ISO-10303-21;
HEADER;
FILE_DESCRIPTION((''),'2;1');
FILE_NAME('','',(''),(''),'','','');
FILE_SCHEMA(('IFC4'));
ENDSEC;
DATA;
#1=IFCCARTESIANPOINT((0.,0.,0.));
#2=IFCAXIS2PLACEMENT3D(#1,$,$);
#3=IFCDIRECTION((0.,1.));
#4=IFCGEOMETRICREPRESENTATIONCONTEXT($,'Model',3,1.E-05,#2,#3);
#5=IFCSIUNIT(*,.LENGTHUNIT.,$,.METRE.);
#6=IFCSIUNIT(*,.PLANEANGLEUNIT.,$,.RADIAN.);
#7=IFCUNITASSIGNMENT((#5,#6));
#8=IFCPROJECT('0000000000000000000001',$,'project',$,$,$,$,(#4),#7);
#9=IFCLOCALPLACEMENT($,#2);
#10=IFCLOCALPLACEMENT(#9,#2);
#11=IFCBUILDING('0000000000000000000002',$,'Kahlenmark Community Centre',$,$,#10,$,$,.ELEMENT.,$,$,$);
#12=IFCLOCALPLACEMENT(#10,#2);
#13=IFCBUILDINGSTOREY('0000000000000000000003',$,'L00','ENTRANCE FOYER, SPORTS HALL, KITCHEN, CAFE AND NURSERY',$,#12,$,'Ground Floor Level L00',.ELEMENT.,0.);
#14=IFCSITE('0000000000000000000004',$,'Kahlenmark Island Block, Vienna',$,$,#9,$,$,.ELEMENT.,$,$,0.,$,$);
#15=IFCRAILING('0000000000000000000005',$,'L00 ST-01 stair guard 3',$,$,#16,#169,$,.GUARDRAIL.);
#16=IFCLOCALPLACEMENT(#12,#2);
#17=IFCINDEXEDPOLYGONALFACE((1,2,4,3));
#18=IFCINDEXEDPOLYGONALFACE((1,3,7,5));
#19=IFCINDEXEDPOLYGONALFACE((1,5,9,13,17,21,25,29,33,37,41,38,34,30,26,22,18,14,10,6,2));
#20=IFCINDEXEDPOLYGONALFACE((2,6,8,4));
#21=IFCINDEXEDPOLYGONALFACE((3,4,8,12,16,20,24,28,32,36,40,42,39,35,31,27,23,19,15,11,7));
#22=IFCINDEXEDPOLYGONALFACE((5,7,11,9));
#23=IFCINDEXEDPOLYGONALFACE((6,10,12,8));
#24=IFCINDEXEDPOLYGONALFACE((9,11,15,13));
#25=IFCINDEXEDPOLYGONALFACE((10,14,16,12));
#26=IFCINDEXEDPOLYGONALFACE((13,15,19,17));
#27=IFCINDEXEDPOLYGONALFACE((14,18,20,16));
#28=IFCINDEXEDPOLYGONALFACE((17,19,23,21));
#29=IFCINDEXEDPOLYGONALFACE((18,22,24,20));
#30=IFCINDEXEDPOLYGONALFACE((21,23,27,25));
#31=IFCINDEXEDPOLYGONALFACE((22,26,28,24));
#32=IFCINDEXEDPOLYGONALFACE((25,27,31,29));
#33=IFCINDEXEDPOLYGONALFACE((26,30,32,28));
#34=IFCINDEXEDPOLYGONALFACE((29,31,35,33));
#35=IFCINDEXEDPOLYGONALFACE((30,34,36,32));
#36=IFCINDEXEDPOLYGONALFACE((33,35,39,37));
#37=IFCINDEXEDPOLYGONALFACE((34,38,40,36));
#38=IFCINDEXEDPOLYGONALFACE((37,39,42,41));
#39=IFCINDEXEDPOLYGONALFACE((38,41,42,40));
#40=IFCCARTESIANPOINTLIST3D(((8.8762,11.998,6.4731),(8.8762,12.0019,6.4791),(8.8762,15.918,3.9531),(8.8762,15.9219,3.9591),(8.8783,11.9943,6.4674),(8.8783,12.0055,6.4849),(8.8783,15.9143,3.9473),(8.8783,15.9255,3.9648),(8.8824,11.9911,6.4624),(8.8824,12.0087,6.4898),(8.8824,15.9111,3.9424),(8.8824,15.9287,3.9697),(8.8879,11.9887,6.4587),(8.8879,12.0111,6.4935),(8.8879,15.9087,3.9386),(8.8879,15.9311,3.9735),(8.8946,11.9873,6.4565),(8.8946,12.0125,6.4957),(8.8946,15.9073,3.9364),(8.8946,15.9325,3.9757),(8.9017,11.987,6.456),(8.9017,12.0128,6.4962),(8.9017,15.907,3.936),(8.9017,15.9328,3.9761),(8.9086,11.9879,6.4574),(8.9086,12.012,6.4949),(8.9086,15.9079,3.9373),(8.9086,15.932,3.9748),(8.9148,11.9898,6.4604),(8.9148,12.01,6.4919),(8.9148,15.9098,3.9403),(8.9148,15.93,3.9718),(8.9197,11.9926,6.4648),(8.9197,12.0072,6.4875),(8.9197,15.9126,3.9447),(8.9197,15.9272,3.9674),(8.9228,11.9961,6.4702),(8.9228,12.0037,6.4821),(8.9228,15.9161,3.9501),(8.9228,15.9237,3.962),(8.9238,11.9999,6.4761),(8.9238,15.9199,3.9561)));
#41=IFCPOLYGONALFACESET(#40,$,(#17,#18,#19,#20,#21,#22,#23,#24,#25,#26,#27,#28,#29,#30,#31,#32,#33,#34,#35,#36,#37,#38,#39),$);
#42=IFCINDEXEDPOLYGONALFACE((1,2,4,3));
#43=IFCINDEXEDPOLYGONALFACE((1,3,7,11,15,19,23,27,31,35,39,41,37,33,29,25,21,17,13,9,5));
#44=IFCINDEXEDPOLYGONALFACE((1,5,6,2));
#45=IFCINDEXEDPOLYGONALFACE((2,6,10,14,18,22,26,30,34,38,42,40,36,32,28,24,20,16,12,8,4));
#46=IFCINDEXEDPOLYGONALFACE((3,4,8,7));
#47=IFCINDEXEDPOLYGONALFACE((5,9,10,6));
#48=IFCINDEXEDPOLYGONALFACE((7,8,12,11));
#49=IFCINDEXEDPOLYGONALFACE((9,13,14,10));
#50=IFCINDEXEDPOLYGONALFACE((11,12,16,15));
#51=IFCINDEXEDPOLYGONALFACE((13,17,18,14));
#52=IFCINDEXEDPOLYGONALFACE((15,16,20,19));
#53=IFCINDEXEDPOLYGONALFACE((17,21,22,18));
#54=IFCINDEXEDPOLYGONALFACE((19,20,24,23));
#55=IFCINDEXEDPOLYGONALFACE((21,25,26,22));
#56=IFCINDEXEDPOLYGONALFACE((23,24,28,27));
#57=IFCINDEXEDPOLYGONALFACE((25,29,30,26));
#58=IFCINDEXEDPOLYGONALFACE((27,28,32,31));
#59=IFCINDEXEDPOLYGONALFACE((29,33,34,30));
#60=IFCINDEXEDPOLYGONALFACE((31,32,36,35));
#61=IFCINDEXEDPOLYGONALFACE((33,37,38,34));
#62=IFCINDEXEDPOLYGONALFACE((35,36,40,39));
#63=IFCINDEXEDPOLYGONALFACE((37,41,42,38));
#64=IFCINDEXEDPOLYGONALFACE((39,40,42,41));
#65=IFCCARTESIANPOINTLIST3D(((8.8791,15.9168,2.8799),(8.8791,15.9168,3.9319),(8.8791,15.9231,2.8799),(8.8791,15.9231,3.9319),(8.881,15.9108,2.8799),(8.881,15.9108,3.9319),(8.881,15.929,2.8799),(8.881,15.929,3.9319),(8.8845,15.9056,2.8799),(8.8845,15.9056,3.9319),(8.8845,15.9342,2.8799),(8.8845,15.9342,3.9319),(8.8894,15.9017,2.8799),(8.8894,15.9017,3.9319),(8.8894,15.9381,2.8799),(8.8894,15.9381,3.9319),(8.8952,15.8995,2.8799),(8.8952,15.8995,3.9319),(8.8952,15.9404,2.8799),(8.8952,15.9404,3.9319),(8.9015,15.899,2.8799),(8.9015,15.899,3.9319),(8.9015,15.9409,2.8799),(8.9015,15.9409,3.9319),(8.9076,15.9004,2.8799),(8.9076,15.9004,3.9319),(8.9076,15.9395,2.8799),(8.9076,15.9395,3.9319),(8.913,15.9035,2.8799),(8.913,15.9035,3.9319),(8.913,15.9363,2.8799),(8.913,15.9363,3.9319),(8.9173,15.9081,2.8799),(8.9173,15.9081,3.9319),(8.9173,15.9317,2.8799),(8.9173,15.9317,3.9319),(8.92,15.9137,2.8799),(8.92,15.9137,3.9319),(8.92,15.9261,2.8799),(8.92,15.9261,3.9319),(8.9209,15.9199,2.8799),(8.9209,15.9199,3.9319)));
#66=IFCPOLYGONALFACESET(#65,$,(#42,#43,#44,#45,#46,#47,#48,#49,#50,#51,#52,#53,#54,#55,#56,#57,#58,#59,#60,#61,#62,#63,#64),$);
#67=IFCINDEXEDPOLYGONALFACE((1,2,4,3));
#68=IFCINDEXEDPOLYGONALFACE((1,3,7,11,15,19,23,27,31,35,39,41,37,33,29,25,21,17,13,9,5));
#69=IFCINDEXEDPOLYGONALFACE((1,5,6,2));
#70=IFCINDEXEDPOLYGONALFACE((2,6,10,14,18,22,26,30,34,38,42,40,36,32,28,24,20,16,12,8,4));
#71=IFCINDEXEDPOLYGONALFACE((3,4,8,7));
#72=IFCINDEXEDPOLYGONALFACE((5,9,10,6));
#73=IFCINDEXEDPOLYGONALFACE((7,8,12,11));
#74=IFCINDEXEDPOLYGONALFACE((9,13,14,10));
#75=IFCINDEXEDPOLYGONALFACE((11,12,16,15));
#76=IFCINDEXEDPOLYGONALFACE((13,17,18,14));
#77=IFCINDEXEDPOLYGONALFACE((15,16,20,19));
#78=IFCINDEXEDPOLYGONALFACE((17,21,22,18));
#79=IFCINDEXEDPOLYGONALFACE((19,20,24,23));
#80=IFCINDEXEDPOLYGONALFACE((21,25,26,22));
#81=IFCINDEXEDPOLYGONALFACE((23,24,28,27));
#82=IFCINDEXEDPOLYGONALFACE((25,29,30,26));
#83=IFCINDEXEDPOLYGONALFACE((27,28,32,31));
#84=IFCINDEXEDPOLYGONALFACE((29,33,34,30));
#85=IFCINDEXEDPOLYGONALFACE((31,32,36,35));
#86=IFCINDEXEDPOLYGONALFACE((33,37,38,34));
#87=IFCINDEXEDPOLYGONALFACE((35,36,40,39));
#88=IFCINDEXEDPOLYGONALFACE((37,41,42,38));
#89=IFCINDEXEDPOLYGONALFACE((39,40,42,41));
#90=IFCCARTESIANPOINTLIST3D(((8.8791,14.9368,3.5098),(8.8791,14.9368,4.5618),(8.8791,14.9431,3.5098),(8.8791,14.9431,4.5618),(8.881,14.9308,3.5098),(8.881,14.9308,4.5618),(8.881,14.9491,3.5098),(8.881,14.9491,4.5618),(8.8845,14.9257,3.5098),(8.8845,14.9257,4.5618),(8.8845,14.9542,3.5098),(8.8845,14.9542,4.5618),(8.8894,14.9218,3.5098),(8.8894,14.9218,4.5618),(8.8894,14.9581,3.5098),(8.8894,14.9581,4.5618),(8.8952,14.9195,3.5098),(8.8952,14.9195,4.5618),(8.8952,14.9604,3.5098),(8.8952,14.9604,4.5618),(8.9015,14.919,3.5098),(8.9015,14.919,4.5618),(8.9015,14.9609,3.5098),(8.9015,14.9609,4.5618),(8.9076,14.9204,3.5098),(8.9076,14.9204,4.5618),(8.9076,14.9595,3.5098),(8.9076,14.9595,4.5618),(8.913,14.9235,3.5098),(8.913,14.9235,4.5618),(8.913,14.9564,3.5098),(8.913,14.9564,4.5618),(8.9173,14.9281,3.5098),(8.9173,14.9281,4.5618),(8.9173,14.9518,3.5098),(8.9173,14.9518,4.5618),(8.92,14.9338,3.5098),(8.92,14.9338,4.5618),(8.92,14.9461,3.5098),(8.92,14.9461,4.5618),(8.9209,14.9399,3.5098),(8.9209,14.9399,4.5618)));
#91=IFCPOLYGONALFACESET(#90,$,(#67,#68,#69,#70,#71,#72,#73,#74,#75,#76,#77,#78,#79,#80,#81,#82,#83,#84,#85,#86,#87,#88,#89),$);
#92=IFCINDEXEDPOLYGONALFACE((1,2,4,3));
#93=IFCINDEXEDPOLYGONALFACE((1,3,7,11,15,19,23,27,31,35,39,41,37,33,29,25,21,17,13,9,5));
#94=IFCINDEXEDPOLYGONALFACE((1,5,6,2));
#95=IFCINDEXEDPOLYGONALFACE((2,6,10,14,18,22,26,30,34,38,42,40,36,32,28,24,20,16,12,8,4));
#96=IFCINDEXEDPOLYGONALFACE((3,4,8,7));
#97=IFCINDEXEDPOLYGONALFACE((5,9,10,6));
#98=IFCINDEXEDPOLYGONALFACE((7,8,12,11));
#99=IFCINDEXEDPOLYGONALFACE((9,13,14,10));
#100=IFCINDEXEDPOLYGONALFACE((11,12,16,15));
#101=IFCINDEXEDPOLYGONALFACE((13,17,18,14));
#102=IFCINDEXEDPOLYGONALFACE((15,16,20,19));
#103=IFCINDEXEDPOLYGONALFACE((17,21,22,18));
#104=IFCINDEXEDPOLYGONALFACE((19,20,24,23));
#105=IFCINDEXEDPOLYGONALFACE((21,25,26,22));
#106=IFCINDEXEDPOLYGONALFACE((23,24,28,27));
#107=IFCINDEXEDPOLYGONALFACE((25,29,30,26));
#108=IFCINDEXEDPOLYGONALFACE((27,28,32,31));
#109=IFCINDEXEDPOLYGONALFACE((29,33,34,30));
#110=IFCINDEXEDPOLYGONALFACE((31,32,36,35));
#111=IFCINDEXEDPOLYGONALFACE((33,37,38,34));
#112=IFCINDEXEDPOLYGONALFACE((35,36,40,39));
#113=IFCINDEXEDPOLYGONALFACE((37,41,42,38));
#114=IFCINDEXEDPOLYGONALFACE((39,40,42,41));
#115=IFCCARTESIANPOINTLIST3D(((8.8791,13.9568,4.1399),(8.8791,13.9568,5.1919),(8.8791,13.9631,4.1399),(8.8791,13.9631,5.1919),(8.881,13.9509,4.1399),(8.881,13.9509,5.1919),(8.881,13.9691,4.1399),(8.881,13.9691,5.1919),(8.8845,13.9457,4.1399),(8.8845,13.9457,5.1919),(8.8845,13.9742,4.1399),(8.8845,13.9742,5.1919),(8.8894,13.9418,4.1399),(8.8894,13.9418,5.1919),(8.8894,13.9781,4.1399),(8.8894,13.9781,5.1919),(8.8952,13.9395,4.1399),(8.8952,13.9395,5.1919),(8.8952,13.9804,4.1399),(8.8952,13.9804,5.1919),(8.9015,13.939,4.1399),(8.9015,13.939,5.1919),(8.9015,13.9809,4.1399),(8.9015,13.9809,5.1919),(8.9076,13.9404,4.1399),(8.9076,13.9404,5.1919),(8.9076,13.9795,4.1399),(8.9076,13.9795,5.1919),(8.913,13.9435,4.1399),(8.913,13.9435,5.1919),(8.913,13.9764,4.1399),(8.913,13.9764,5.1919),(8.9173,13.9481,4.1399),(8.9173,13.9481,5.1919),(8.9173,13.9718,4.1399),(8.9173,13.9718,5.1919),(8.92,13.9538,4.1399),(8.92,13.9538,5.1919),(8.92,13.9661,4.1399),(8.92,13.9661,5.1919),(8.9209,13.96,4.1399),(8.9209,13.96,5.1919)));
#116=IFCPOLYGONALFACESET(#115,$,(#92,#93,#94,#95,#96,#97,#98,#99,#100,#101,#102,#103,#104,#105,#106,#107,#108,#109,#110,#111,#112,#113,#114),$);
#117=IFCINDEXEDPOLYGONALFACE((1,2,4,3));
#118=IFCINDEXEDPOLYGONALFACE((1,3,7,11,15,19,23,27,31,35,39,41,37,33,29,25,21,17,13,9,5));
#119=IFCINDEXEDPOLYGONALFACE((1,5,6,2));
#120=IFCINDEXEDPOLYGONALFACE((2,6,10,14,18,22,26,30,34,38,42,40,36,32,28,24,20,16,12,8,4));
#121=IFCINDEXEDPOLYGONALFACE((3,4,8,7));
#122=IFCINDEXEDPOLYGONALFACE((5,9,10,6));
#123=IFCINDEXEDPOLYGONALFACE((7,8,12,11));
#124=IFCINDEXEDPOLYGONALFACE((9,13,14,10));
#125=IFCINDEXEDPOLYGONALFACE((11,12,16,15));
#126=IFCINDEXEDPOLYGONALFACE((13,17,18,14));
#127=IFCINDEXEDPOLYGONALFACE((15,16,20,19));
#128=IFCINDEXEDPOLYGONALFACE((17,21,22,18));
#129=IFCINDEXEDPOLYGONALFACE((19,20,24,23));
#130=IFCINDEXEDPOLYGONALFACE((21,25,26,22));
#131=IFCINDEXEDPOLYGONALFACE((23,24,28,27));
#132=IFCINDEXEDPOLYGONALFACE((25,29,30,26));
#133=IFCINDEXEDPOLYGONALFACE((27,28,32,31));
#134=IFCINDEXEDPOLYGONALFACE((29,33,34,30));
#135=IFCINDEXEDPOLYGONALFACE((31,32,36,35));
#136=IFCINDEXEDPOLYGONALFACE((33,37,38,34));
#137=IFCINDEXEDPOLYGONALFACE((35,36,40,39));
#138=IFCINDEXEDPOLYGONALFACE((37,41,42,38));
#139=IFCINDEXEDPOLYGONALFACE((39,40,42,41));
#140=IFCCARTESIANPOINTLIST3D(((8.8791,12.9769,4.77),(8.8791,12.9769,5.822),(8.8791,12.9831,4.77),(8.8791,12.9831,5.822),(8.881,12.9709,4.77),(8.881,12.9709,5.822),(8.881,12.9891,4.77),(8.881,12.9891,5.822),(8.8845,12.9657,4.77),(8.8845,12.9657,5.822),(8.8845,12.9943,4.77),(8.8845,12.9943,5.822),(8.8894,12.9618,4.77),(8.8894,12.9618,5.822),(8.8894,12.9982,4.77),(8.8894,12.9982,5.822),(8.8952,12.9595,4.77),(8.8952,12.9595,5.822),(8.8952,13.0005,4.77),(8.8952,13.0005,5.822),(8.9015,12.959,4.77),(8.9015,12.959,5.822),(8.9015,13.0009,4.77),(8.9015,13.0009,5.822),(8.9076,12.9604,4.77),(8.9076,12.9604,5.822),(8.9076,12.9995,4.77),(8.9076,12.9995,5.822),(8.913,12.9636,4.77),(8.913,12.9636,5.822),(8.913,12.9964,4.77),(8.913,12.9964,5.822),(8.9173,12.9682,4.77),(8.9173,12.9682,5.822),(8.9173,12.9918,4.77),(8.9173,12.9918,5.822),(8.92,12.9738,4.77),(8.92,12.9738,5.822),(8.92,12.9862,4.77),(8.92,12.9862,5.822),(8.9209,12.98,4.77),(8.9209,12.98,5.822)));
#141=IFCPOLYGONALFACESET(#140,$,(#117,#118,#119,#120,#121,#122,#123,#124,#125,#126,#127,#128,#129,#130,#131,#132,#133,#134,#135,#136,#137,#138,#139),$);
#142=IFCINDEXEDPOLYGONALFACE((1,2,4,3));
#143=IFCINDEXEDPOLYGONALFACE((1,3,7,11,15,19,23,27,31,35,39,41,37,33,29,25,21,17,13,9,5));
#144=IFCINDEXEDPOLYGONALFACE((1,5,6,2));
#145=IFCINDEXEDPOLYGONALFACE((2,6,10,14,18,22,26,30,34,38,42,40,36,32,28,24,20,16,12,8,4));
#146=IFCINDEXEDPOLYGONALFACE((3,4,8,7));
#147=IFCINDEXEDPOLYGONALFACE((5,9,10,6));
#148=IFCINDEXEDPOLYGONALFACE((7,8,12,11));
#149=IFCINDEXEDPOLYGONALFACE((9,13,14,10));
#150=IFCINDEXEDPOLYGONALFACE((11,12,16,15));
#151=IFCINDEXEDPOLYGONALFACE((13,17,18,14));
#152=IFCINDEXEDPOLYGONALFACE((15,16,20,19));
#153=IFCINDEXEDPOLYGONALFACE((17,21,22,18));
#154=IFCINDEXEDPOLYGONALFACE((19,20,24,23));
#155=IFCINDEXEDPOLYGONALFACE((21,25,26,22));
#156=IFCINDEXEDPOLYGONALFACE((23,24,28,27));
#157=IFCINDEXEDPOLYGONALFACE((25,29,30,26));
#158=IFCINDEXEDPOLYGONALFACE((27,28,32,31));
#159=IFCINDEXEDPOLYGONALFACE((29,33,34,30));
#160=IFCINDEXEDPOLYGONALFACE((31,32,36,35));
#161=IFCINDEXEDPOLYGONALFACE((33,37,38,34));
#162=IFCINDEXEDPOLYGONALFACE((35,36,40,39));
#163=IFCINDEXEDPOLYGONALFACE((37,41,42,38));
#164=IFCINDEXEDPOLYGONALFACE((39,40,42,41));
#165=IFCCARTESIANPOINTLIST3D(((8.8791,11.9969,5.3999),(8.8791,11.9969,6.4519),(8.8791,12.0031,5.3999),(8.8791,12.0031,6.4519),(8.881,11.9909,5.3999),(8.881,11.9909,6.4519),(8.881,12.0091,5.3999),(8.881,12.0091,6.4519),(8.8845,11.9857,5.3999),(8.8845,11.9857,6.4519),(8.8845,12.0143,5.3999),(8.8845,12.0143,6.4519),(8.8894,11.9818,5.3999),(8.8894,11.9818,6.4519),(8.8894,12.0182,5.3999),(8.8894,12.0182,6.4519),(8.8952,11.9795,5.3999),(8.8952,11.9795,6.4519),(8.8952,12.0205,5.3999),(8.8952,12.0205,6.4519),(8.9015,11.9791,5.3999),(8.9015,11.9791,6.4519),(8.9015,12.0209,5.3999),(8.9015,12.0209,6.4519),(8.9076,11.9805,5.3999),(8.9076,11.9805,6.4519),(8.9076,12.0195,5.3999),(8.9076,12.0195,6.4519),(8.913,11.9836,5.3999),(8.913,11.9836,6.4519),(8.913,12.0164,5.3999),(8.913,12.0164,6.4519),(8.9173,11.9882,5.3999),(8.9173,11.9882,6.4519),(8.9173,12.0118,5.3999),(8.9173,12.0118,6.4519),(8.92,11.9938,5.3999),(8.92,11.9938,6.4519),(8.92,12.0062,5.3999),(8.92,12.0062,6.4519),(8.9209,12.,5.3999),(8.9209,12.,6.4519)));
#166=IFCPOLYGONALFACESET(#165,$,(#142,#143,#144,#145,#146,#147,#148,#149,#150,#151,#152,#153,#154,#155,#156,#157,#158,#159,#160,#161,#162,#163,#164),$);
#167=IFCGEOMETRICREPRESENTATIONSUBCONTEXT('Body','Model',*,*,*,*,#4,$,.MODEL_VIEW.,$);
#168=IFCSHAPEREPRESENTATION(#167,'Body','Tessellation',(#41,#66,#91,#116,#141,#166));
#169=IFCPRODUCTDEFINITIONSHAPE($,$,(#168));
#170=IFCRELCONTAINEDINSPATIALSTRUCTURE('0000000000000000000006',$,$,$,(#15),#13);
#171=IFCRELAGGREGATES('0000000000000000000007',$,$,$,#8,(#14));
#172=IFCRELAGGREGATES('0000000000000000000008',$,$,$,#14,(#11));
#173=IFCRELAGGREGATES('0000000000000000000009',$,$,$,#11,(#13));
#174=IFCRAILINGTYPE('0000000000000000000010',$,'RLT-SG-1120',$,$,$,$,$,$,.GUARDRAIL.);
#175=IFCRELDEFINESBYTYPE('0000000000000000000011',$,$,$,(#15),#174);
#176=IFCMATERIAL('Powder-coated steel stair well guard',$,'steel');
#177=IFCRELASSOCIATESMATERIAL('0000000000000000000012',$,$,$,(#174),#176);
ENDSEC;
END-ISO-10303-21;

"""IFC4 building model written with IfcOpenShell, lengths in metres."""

from ifc_helpers import new_model, si_unit, direction, frame, origin, origin_2d, place, context, subcontext, project, spatial, circle, extrude, material, type_object, element, save


model = new_model("IFC4")

# Units and contexts
model_context = context("Model", 3, precision=1e-05, world=origin(), true_north=direction((0.0, 1.0)))
body_context = subcontext(model_context, "Body", "Model", "MODEL_VIEW")
ifc_project = project(units=[si_unit("LENGTHUNIT", "METRE"), si_unit("PLANEANGLEUNIT", "RADIAN")], contexts=[model_context])

# Site, building, storey
site_placement = place(None, origin())
site = spatial("IfcSite", under=ifc_project, at=site_placement, Name="Kahlenmark Island Block, Vienna", CompositionType="ELEMENT", RefElevation=0.0)
building_placement = place(site_placement, origin())
building = spatial("IfcBuilding", under=site, at=building_placement, Name="Kahlenmark Community Centre", CompositionType="ELEMENT")
storey_placement = place(building_placement, origin())
storey = spatial("IfcBuildingStorey", under=building, at=storey_placement, Name="L00", Description="ENTRANCE FOYER, SPORTS HALL, KITCHEN, CAFE AND NURSERY", LongName="Ground Floor Level L00", CompositionType="ELEMENT", Elevation=0.0)

# Railing
ifc_material_1 = material(Name="Powder-coated steel stair well guard", Category="steel")
railing_type_1 = type_object("IfcRailingType", Name="RLT-SG-1120", PredefinedType="GUARDRAIL", material=ifc_material_1)
railing_1_placement = place(storey_placement, frame((8.8999, 15.9199, 2.8799)))
element("IfcRailing", 1, at=railing_1_placement, inside=storey, type_object=railing_type_1, Name="L00 ST-01 stair guard 3", PredefinedType="GUARDRAIL", context=body_context, shape_type="SweptSolid", body=[
    extrude(circle(Radius=0.0239, at=origin_2d()), frame((0.0, 0.0, 1.0762), z_axis=(0.0, -0.841172, 0.540768), x_axis=(1.0, 0.0, 0.0)), (0.0, 0.0, 1.0), 4.6602),
    extrude(circle(Radius=0.021, at=origin_2d()), origin(), (0.0, 0.0, 1.0), 1.052),
    extrude(circle(Radius=0.021, at=origin_2d()), frame((0.0, -0.98, 0.6299)), (0.0, 0.0, 1.0), 1.052),
    extrude(circle(Radius=0.021, at=origin_2d()), frame((0.0, -1.96, 1.26)), (0.0, 0.0, 1.0), 1.052),
    extrude(circle(Radius=0.021, at=origin_2d()), frame((0.0, -2.9399, 1.8901)), (0.0, 0.0, 1.0), 1.052),
    extrude(circle(Radius=0.021, at=origin_2d()), frame((0.0, -3.9199, 2.52)), (0.0, 0.0, 1.0), 1.052),
])

save(model, "model.ifc")
